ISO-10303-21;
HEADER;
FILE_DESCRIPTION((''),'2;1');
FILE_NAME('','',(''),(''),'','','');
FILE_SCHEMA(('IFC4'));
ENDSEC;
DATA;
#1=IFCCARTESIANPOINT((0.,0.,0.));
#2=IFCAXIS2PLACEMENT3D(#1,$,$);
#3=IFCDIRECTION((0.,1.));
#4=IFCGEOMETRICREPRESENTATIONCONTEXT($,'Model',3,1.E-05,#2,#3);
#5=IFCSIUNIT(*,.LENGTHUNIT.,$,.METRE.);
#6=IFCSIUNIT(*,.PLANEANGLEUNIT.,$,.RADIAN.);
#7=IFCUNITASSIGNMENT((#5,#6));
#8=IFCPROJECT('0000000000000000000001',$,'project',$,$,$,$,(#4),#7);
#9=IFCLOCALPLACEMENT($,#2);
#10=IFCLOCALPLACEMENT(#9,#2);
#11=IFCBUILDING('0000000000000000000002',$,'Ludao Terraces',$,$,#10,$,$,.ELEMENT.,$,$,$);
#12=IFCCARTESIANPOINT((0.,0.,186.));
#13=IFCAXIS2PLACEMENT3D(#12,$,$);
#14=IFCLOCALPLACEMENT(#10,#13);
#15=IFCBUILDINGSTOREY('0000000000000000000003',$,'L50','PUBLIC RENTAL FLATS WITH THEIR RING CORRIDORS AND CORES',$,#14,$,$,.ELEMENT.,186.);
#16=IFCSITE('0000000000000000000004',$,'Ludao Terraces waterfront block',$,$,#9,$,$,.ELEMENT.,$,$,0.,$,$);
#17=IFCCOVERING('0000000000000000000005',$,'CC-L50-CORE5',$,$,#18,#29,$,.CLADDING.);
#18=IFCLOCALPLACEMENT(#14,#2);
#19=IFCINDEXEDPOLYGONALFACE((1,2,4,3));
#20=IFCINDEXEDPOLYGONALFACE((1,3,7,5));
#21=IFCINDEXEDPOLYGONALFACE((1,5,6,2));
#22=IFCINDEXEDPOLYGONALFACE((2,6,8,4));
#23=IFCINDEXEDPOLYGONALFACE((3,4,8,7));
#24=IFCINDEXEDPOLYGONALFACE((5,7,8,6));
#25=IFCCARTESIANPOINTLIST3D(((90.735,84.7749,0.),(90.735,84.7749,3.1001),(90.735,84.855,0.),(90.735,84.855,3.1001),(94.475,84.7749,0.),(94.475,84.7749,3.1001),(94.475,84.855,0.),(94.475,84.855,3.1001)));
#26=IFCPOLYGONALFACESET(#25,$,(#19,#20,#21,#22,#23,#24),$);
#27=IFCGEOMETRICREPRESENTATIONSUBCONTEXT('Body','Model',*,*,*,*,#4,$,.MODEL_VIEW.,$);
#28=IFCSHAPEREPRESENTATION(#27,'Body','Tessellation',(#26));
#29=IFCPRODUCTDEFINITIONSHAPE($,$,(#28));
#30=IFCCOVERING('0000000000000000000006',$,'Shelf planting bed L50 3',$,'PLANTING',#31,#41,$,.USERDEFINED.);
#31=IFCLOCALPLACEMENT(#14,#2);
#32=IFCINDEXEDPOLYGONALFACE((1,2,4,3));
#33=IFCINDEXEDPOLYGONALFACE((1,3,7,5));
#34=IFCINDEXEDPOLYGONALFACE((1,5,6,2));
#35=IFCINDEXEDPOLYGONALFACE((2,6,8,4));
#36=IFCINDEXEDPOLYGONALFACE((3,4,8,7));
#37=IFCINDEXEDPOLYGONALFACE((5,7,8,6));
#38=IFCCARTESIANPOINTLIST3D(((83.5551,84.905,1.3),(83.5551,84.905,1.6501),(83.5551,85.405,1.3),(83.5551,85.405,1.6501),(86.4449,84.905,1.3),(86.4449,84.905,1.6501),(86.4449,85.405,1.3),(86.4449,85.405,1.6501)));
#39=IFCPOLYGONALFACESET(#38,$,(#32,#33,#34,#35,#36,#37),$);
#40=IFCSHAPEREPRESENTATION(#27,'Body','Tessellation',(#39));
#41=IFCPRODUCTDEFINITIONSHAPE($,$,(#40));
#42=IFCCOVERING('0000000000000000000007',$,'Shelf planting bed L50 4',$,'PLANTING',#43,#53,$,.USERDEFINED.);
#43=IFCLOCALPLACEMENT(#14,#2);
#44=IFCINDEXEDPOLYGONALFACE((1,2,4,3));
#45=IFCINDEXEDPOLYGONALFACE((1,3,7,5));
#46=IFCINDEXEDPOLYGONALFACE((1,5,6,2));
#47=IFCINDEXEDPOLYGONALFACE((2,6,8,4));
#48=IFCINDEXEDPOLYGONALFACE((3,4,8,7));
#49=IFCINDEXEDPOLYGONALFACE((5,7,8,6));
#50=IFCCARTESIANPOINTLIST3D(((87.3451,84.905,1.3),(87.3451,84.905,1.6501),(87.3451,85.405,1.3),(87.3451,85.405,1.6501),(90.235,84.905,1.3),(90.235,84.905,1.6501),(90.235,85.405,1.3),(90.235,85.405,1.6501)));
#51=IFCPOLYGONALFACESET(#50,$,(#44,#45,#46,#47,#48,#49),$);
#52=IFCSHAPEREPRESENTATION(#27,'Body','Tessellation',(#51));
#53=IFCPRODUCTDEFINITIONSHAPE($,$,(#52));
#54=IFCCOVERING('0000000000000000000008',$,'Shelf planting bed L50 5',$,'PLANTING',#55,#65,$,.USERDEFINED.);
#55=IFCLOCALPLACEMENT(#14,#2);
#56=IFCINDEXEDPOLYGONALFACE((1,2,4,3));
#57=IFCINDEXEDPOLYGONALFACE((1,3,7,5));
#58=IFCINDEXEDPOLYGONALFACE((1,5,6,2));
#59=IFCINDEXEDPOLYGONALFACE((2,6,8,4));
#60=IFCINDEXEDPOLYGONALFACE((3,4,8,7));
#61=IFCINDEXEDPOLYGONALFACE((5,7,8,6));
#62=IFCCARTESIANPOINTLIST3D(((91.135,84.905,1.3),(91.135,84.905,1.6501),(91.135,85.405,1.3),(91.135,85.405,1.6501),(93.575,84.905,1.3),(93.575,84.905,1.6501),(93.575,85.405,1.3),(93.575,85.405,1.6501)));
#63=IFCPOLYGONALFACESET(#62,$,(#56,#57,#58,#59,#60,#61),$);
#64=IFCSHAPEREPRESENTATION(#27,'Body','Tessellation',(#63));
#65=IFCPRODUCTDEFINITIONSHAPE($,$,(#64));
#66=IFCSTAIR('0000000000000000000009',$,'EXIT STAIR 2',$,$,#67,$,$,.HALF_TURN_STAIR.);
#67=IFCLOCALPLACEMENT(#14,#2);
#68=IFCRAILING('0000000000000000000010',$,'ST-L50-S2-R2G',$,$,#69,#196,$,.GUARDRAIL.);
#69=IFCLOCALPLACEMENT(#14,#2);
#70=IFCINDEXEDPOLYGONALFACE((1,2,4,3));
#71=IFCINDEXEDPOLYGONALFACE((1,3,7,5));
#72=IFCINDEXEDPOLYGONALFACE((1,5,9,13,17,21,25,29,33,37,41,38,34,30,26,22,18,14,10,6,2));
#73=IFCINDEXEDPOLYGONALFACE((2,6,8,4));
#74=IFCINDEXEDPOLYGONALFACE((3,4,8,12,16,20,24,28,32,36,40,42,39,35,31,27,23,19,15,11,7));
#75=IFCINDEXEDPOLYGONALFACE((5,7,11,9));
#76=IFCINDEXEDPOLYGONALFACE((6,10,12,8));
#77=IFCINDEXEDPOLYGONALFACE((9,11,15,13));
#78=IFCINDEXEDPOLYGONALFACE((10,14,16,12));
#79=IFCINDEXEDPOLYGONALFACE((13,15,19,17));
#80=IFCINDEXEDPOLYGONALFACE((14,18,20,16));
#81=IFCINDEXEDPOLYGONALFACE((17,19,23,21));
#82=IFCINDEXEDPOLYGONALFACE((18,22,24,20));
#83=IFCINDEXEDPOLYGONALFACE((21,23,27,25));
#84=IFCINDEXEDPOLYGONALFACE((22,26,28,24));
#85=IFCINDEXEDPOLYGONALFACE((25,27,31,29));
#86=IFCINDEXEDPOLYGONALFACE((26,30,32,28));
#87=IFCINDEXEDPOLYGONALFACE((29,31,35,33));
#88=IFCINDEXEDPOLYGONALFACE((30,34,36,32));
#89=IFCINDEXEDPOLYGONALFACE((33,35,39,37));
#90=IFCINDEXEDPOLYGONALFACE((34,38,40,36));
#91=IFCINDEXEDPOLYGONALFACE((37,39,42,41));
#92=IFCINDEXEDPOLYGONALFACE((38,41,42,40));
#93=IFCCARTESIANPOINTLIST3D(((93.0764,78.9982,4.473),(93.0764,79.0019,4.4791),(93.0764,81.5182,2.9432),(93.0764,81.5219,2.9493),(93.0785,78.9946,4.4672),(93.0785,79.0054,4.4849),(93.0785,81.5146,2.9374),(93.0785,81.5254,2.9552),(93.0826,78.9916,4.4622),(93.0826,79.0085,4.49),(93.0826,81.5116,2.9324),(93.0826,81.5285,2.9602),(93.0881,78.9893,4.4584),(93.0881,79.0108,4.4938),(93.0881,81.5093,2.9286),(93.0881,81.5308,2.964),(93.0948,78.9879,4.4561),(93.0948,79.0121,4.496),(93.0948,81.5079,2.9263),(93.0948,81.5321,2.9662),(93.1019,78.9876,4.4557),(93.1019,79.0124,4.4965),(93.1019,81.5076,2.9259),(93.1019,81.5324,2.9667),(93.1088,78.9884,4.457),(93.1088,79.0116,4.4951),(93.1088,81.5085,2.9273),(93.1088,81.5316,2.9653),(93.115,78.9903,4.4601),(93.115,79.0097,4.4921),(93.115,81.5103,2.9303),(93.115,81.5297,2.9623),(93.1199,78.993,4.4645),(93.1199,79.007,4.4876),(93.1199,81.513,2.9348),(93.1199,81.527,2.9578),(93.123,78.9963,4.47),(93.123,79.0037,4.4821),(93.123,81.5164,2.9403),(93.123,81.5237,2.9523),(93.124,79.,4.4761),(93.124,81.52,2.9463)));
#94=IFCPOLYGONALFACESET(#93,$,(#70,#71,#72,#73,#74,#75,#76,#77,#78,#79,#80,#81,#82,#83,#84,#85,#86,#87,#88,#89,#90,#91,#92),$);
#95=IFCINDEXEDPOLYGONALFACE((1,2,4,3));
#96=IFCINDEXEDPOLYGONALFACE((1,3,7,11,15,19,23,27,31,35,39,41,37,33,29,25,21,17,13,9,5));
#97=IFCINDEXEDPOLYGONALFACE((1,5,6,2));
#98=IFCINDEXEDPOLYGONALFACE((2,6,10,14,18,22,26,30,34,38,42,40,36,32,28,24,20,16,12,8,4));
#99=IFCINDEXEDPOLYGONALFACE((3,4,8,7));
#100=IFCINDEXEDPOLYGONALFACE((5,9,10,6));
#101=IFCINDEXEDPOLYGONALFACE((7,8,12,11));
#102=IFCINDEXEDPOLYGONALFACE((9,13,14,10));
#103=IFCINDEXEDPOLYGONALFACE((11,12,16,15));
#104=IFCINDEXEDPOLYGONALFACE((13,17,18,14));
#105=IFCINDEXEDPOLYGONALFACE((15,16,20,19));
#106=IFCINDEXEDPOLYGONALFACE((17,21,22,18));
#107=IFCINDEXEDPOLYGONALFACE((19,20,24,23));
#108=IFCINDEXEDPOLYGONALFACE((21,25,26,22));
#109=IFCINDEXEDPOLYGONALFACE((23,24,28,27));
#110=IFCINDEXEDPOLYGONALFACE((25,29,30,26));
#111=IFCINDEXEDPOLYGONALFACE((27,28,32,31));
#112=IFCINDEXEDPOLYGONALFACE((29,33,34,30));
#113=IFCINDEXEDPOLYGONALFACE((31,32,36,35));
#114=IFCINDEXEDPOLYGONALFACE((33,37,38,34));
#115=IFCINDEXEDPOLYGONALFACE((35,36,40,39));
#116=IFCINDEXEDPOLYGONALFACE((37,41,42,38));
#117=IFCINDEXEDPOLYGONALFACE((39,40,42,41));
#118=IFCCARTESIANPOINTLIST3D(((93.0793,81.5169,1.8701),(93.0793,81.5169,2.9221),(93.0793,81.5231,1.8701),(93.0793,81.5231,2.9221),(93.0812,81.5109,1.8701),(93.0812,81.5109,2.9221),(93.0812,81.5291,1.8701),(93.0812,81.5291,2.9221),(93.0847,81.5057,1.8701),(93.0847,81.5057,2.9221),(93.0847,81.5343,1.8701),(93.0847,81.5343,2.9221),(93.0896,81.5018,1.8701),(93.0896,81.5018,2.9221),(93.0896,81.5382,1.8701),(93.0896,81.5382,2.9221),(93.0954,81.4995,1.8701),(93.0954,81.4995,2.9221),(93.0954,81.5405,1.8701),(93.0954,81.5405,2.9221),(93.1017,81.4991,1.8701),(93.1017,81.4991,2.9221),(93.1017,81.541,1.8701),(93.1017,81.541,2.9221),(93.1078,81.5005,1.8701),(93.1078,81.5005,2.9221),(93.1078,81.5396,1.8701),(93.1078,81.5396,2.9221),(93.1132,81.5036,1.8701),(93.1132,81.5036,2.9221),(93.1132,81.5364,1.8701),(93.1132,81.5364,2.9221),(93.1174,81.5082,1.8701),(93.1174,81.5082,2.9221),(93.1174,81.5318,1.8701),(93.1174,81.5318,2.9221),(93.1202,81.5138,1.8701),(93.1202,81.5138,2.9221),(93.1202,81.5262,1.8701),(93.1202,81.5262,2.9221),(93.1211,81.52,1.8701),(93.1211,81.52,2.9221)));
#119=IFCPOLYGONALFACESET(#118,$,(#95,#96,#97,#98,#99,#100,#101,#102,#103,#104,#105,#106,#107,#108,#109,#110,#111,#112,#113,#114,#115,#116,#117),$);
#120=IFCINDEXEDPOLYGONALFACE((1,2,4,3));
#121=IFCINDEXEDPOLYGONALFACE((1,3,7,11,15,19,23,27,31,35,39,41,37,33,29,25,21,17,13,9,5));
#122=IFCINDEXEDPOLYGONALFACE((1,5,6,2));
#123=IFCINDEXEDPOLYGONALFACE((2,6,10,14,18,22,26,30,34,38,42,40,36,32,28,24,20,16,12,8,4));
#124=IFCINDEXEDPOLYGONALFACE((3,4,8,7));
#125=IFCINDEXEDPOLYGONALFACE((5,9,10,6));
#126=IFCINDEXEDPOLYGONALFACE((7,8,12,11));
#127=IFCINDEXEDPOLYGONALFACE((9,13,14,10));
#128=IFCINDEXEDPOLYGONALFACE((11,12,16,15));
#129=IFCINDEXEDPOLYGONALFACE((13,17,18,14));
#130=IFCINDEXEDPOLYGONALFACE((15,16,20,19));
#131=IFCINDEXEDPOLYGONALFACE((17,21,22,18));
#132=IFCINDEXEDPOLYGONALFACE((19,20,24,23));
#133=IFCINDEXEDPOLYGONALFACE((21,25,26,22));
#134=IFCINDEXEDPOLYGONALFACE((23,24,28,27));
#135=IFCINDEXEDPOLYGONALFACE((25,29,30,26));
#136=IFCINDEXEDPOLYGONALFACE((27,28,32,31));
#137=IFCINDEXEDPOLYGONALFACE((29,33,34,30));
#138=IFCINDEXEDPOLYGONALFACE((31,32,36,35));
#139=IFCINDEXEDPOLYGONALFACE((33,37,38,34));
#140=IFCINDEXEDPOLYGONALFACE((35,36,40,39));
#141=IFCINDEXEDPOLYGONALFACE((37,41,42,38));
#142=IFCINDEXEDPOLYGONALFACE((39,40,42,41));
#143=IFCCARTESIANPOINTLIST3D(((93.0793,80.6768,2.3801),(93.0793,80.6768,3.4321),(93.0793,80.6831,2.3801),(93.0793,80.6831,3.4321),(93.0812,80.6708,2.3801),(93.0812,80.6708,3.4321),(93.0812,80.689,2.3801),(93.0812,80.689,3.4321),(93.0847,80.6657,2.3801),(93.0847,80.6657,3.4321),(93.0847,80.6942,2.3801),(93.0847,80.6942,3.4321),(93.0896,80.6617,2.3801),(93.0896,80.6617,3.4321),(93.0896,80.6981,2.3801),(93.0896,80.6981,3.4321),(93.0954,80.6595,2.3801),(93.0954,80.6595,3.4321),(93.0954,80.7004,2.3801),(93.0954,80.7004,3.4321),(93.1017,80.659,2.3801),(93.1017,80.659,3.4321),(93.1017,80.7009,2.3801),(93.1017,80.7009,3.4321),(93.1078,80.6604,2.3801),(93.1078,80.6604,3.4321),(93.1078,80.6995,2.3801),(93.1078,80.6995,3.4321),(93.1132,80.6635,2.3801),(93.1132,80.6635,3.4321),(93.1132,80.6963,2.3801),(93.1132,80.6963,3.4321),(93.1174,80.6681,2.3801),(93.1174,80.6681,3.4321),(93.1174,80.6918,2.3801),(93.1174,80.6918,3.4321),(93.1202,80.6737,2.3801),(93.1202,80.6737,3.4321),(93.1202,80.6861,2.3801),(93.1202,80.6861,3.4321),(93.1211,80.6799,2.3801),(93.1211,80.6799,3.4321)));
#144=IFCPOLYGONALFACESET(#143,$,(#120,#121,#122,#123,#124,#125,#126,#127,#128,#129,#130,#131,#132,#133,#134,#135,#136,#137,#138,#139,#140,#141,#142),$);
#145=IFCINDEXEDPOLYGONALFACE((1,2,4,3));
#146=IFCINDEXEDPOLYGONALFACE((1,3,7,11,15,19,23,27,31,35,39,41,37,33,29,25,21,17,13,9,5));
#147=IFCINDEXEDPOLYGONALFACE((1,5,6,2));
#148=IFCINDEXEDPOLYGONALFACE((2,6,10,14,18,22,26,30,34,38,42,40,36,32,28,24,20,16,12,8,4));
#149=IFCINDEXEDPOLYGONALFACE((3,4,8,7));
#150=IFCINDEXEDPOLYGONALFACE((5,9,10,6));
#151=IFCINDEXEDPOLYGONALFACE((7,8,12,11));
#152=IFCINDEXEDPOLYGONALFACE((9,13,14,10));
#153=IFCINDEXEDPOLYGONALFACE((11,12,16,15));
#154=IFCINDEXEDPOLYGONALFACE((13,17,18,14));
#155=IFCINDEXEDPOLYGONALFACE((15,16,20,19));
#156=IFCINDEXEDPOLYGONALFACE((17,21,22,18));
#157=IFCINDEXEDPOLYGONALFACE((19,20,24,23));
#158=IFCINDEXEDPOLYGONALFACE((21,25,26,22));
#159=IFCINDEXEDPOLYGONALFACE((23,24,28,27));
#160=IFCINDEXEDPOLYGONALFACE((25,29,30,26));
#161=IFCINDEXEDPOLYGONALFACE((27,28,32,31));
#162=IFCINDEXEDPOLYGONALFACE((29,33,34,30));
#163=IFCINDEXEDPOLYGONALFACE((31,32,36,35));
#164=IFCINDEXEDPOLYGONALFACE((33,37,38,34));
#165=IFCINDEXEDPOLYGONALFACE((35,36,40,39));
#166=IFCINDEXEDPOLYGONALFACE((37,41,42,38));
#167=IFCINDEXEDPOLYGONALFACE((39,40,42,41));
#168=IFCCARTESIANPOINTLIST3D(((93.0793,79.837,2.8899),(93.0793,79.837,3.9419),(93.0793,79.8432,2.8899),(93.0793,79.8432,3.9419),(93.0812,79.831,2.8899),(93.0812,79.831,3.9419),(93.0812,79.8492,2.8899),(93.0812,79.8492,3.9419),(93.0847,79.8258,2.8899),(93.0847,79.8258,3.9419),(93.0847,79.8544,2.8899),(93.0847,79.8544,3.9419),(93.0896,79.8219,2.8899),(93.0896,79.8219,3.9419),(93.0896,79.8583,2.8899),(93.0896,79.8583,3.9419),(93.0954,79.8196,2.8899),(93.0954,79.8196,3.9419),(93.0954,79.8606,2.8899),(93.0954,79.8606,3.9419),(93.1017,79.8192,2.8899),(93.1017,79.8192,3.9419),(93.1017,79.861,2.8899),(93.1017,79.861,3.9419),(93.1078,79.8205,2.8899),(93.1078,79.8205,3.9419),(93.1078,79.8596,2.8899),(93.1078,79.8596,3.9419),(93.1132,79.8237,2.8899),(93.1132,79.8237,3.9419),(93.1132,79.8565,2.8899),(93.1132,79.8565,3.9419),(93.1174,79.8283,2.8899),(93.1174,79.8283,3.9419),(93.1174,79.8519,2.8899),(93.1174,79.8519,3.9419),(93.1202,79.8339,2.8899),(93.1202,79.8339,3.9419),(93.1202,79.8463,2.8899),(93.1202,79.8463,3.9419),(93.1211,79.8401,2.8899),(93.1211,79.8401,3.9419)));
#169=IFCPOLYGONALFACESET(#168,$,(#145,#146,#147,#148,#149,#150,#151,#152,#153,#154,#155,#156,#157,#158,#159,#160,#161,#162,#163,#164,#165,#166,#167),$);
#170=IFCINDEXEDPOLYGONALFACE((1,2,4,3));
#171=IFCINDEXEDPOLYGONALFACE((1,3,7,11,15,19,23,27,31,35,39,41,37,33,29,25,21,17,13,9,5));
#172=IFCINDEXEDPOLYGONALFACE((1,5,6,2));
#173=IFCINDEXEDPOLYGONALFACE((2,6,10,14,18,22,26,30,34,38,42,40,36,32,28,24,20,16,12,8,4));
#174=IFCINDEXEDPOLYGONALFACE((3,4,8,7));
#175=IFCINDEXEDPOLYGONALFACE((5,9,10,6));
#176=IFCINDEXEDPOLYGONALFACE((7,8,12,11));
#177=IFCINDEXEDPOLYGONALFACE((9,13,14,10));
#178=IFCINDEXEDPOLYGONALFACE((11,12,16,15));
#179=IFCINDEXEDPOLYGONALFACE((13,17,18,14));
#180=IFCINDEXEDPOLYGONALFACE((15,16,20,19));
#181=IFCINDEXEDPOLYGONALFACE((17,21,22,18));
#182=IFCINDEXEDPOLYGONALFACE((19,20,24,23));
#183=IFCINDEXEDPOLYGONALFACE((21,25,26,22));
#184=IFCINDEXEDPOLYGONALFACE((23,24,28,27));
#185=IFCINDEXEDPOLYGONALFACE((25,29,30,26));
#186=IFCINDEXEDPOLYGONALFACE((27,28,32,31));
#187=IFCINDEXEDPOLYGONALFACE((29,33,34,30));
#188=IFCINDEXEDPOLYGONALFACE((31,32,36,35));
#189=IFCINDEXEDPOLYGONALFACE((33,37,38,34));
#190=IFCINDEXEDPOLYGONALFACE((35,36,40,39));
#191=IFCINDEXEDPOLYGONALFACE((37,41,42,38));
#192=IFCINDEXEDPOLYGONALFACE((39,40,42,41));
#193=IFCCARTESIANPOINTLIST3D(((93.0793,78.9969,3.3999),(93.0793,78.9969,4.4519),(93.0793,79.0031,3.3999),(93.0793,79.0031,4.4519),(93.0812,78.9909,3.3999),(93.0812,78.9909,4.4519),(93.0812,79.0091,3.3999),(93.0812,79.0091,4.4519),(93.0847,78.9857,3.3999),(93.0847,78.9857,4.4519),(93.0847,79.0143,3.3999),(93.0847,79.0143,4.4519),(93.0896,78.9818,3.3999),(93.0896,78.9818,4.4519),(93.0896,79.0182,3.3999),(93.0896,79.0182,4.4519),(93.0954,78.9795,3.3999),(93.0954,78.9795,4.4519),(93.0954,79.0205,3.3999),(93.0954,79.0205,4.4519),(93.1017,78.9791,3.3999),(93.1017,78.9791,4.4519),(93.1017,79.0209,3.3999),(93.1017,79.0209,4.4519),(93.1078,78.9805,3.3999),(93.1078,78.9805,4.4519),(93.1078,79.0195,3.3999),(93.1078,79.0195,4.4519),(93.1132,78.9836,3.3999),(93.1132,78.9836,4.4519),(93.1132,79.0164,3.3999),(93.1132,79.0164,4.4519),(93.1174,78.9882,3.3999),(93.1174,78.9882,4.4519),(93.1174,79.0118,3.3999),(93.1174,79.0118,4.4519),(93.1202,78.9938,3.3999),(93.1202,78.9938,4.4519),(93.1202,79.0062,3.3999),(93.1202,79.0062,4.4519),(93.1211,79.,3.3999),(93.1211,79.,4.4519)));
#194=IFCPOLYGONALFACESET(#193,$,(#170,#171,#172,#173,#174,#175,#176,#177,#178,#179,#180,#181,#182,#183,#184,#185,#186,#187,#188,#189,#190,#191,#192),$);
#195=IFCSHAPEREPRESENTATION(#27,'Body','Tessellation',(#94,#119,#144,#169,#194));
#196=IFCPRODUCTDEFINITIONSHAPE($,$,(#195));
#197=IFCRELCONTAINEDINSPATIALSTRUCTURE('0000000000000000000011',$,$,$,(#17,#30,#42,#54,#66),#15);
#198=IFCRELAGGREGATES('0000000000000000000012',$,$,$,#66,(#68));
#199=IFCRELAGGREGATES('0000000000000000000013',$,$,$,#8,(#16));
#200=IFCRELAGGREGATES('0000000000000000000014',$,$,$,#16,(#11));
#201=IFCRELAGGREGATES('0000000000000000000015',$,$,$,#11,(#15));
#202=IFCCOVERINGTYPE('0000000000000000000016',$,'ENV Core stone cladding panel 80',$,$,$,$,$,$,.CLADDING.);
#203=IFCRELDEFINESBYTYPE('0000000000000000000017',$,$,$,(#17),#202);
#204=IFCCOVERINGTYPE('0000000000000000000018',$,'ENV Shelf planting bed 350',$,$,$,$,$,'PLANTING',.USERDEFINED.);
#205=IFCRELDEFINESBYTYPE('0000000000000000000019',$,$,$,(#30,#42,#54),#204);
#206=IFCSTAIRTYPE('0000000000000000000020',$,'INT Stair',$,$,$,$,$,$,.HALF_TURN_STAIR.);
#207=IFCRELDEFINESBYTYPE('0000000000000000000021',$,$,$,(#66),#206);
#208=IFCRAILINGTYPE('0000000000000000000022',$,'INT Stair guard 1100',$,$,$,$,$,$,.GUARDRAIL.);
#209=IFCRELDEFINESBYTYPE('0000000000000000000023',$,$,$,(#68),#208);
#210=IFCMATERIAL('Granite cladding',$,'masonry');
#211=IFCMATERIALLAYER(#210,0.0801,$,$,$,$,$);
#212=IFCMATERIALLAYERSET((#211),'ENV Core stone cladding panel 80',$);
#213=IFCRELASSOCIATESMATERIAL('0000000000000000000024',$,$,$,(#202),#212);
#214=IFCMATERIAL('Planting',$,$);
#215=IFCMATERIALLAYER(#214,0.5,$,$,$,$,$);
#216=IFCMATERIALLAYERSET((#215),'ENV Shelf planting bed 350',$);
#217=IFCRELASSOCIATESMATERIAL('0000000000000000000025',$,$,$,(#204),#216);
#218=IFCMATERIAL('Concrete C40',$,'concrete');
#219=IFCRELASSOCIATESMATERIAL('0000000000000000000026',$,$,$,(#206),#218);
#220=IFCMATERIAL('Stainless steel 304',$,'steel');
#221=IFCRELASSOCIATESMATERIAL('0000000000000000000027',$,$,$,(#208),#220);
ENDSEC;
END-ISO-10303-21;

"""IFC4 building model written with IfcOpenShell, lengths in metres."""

from ifc_helpers import new_model, si_unit, direction, frame, origin, origin_2d, place, context, subcontext, project, spatial, rectangle, circle, extrude, material, layer, layer_set, type_object, element, aggregate, save


model = new_model("IFC4")

# Units and contexts
model_context = context("Model", 3, precision=1e-05, world=origin(), true_north=direction((0.0, 1.0)))
body_context = subcontext(model_context, "Body", "Model", "MODEL_VIEW")
ifc_project = project(units=[si_unit("LENGTHUNIT", "METRE"), si_unit("PLANEANGLEUNIT", "RADIAN")], contexts=[model_context])

# Site, building, storey
site_placement = place(None, origin())
site = spatial("IfcSite", under=ifc_project, at=site_placement, Name="Ludao Terraces waterfront block", CompositionType="ELEMENT", RefElevation=0.0)
building_placement = place(site_placement, origin())
building = spatial("IfcBuilding", under=site, at=building_placement, Name="Ludao Terraces", CompositionType="ELEMENT")
storey_placement = place(building_placement, frame((0.0, 0.0, 186.0)))
storey = spatial("IfcBuildingStorey", under=building, at=storey_placement, Name="L50", Description="PUBLIC RENTAL FLATS WITH THEIR RING CORRIDORS AND CORES", CompositionType="ELEMENT", Elevation=186.0)

# Shared definitions
ifc_material_1 = material(Name="Stainless steel 304", Category="steel")

# Coverings
ifc_material_2 = material(Name="Granite cladding", Category="masonry")
ifc_layer_1 = layer(ifc_material_2, 0.0801)
ifc_layer_set_1 = layer_set([ifc_layer_1], Name="ENV Core stone cladding panel 80")
covering_type_1 = type_object("IfcCoveringType", Name="ENV Core stone cladding panel 80", PredefinedType="CLADDING", material=ifc_layer_set_1)
covering_1_placement = place(storey_placement, frame((92.605, 84.8149, 0.0), z_axis=(0.0, 0.0, 1.0), x_axis=(1.0, 0.0, 0.0)))
element("IfcCovering", 1, at=covering_1_placement, inside=storey, type_object=covering_type_1, Name="CC-L50-CORE5", PredefinedType="CLADDING", context=body_context, shape_type="SweptSolid", body=[
    extrude(rectangle(XDim=3.74, YDim=0.0801, at=origin_2d()), origin(), (0.0, 0.0, 1.0), 3.1001),
])
ifc_material_3 = material(Name="Planting")
ifc_layer_2 = layer(ifc_material_3, 0.5)
ifc_layer_set_2 = layer_set([ifc_layer_2], Name="ENV Shelf planting bed 350")
covering_type_2 = type_object("IfcCoveringType", Name="ENV Shelf planting bed 350", ElementType="PLANTING", PredefinedType="USERDEFINED", material=ifc_layer_set_2)
for number, where, z_axis, x_axis, name in (
    (2, (85.0, 85.155, 1.3), (0.0, 0.0, 1.0), (1.0, 0.0, 0.0), "Shelf planting bed L50 3"),
    (3, (88.79, 85.155, 1.3), (0.0, 0.0, 1.0), (1.0, 0.0, 0.0), "Shelf planting bed L50 4"),
):
    element("IfcCovering", number, at=place(storey_placement, frame(where, z_axis=z_axis, x_axis=x_axis)), inside=storey, type_object=covering_type_2, Name=name, ObjectType="PLANTING", PredefinedType="USERDEFINED", context=body_context, shape_type="SweptSolid", body=[
        extrude(rectangle(XDim=2.8899, YDim=0.5, at=origin_2d()), origin(), (0.0, 0.0, 1.0), 0.3501),
    ])
covering_2_placement = place(storey_placement, frame((92.355, 85.155, 1.3), z_axis=(0.0, 0.0, 1.0), x_axis=(1.0, 0.0, 0.0)))
element("IfcCovering", 4, at=covering_2_placement, inside=storey, type_object=covering_type_2, Name="Shelf planting bed L50 5", ObjectType="PLANTING", PredefinedType="USERDEFINED", context=body_context, shape_type="SweptSolid", body=[
    extrude(rectangle(XDim=2.4399, YDim=0.5, at=origin_2d()), origin(), (0.0, 0.0, 1.0), 0.3501),
])

# Stair, railing
ifc_material_4 = material(Name="Concrete C40", Category="concrete")
stair_type = type_object("IfcStairType", Name="INT Stair", PredefinedType="HALF_TURN_STAIR", material=ifc_material_4)
stair_placement = place(storey_placement, origin())
stair = element("IfcStair", 5, at=stair_placement, inside=storey, type_object=stair_type, Name="EXIT STAIR 2", PredefinedType="HALF_TURN_STAIR")
railing_type_1 = type_object("IfcRailingType", Name="INT Stair guard 1100", PredefinedType="GUARDRAIL", material=ifc_material_1)
railing_1_placement = place(storey_placement, frame((93.1001, 81.52, 1.8701)))
railing_1 = element("IfcRailing", 6, at=railing_1_placement, type_object=railing_type_1, Name="ST-L50-S2-R2G", PredefinedType="GUARDRAIL", context=body_context, shape_type="SweptSolid", body=[
    extrude(circle(Radius=0.0239, at=origin_2d()), frame((0.0, 0.0, 1.0762), z_axis=(0.0, -0.854822, 0.518922), x_axis=(1.0, 0.0, 0.0)), (0.0, 0.0, 1.0), 2.948),
    extrude(circle(Radius=0.021, at=origin_2d()), origin(), (0.0, 0.0, 1.0), 1.052),
    extrude(circle(Radius=0.021, at=origin_2d()), frame((0.0, -0.8401, 0.51)), (0.0, 0.0, 1.0), 1.052),
    extrude(circle(Radius=0.021, at=origin_2d()), frame((0.0, -1.6799, 1.0198)), (0.0, 0.0, 1.0), 1.052),
    extrude(circle(Radius=0.021, at=origin_2d()), frame((0.0, -2.52, 1.5298)), (0.0, 0.0, 1.0), 1.052),
])
aggregate(stair, [railing_1])

save(model, "model.ifc")
